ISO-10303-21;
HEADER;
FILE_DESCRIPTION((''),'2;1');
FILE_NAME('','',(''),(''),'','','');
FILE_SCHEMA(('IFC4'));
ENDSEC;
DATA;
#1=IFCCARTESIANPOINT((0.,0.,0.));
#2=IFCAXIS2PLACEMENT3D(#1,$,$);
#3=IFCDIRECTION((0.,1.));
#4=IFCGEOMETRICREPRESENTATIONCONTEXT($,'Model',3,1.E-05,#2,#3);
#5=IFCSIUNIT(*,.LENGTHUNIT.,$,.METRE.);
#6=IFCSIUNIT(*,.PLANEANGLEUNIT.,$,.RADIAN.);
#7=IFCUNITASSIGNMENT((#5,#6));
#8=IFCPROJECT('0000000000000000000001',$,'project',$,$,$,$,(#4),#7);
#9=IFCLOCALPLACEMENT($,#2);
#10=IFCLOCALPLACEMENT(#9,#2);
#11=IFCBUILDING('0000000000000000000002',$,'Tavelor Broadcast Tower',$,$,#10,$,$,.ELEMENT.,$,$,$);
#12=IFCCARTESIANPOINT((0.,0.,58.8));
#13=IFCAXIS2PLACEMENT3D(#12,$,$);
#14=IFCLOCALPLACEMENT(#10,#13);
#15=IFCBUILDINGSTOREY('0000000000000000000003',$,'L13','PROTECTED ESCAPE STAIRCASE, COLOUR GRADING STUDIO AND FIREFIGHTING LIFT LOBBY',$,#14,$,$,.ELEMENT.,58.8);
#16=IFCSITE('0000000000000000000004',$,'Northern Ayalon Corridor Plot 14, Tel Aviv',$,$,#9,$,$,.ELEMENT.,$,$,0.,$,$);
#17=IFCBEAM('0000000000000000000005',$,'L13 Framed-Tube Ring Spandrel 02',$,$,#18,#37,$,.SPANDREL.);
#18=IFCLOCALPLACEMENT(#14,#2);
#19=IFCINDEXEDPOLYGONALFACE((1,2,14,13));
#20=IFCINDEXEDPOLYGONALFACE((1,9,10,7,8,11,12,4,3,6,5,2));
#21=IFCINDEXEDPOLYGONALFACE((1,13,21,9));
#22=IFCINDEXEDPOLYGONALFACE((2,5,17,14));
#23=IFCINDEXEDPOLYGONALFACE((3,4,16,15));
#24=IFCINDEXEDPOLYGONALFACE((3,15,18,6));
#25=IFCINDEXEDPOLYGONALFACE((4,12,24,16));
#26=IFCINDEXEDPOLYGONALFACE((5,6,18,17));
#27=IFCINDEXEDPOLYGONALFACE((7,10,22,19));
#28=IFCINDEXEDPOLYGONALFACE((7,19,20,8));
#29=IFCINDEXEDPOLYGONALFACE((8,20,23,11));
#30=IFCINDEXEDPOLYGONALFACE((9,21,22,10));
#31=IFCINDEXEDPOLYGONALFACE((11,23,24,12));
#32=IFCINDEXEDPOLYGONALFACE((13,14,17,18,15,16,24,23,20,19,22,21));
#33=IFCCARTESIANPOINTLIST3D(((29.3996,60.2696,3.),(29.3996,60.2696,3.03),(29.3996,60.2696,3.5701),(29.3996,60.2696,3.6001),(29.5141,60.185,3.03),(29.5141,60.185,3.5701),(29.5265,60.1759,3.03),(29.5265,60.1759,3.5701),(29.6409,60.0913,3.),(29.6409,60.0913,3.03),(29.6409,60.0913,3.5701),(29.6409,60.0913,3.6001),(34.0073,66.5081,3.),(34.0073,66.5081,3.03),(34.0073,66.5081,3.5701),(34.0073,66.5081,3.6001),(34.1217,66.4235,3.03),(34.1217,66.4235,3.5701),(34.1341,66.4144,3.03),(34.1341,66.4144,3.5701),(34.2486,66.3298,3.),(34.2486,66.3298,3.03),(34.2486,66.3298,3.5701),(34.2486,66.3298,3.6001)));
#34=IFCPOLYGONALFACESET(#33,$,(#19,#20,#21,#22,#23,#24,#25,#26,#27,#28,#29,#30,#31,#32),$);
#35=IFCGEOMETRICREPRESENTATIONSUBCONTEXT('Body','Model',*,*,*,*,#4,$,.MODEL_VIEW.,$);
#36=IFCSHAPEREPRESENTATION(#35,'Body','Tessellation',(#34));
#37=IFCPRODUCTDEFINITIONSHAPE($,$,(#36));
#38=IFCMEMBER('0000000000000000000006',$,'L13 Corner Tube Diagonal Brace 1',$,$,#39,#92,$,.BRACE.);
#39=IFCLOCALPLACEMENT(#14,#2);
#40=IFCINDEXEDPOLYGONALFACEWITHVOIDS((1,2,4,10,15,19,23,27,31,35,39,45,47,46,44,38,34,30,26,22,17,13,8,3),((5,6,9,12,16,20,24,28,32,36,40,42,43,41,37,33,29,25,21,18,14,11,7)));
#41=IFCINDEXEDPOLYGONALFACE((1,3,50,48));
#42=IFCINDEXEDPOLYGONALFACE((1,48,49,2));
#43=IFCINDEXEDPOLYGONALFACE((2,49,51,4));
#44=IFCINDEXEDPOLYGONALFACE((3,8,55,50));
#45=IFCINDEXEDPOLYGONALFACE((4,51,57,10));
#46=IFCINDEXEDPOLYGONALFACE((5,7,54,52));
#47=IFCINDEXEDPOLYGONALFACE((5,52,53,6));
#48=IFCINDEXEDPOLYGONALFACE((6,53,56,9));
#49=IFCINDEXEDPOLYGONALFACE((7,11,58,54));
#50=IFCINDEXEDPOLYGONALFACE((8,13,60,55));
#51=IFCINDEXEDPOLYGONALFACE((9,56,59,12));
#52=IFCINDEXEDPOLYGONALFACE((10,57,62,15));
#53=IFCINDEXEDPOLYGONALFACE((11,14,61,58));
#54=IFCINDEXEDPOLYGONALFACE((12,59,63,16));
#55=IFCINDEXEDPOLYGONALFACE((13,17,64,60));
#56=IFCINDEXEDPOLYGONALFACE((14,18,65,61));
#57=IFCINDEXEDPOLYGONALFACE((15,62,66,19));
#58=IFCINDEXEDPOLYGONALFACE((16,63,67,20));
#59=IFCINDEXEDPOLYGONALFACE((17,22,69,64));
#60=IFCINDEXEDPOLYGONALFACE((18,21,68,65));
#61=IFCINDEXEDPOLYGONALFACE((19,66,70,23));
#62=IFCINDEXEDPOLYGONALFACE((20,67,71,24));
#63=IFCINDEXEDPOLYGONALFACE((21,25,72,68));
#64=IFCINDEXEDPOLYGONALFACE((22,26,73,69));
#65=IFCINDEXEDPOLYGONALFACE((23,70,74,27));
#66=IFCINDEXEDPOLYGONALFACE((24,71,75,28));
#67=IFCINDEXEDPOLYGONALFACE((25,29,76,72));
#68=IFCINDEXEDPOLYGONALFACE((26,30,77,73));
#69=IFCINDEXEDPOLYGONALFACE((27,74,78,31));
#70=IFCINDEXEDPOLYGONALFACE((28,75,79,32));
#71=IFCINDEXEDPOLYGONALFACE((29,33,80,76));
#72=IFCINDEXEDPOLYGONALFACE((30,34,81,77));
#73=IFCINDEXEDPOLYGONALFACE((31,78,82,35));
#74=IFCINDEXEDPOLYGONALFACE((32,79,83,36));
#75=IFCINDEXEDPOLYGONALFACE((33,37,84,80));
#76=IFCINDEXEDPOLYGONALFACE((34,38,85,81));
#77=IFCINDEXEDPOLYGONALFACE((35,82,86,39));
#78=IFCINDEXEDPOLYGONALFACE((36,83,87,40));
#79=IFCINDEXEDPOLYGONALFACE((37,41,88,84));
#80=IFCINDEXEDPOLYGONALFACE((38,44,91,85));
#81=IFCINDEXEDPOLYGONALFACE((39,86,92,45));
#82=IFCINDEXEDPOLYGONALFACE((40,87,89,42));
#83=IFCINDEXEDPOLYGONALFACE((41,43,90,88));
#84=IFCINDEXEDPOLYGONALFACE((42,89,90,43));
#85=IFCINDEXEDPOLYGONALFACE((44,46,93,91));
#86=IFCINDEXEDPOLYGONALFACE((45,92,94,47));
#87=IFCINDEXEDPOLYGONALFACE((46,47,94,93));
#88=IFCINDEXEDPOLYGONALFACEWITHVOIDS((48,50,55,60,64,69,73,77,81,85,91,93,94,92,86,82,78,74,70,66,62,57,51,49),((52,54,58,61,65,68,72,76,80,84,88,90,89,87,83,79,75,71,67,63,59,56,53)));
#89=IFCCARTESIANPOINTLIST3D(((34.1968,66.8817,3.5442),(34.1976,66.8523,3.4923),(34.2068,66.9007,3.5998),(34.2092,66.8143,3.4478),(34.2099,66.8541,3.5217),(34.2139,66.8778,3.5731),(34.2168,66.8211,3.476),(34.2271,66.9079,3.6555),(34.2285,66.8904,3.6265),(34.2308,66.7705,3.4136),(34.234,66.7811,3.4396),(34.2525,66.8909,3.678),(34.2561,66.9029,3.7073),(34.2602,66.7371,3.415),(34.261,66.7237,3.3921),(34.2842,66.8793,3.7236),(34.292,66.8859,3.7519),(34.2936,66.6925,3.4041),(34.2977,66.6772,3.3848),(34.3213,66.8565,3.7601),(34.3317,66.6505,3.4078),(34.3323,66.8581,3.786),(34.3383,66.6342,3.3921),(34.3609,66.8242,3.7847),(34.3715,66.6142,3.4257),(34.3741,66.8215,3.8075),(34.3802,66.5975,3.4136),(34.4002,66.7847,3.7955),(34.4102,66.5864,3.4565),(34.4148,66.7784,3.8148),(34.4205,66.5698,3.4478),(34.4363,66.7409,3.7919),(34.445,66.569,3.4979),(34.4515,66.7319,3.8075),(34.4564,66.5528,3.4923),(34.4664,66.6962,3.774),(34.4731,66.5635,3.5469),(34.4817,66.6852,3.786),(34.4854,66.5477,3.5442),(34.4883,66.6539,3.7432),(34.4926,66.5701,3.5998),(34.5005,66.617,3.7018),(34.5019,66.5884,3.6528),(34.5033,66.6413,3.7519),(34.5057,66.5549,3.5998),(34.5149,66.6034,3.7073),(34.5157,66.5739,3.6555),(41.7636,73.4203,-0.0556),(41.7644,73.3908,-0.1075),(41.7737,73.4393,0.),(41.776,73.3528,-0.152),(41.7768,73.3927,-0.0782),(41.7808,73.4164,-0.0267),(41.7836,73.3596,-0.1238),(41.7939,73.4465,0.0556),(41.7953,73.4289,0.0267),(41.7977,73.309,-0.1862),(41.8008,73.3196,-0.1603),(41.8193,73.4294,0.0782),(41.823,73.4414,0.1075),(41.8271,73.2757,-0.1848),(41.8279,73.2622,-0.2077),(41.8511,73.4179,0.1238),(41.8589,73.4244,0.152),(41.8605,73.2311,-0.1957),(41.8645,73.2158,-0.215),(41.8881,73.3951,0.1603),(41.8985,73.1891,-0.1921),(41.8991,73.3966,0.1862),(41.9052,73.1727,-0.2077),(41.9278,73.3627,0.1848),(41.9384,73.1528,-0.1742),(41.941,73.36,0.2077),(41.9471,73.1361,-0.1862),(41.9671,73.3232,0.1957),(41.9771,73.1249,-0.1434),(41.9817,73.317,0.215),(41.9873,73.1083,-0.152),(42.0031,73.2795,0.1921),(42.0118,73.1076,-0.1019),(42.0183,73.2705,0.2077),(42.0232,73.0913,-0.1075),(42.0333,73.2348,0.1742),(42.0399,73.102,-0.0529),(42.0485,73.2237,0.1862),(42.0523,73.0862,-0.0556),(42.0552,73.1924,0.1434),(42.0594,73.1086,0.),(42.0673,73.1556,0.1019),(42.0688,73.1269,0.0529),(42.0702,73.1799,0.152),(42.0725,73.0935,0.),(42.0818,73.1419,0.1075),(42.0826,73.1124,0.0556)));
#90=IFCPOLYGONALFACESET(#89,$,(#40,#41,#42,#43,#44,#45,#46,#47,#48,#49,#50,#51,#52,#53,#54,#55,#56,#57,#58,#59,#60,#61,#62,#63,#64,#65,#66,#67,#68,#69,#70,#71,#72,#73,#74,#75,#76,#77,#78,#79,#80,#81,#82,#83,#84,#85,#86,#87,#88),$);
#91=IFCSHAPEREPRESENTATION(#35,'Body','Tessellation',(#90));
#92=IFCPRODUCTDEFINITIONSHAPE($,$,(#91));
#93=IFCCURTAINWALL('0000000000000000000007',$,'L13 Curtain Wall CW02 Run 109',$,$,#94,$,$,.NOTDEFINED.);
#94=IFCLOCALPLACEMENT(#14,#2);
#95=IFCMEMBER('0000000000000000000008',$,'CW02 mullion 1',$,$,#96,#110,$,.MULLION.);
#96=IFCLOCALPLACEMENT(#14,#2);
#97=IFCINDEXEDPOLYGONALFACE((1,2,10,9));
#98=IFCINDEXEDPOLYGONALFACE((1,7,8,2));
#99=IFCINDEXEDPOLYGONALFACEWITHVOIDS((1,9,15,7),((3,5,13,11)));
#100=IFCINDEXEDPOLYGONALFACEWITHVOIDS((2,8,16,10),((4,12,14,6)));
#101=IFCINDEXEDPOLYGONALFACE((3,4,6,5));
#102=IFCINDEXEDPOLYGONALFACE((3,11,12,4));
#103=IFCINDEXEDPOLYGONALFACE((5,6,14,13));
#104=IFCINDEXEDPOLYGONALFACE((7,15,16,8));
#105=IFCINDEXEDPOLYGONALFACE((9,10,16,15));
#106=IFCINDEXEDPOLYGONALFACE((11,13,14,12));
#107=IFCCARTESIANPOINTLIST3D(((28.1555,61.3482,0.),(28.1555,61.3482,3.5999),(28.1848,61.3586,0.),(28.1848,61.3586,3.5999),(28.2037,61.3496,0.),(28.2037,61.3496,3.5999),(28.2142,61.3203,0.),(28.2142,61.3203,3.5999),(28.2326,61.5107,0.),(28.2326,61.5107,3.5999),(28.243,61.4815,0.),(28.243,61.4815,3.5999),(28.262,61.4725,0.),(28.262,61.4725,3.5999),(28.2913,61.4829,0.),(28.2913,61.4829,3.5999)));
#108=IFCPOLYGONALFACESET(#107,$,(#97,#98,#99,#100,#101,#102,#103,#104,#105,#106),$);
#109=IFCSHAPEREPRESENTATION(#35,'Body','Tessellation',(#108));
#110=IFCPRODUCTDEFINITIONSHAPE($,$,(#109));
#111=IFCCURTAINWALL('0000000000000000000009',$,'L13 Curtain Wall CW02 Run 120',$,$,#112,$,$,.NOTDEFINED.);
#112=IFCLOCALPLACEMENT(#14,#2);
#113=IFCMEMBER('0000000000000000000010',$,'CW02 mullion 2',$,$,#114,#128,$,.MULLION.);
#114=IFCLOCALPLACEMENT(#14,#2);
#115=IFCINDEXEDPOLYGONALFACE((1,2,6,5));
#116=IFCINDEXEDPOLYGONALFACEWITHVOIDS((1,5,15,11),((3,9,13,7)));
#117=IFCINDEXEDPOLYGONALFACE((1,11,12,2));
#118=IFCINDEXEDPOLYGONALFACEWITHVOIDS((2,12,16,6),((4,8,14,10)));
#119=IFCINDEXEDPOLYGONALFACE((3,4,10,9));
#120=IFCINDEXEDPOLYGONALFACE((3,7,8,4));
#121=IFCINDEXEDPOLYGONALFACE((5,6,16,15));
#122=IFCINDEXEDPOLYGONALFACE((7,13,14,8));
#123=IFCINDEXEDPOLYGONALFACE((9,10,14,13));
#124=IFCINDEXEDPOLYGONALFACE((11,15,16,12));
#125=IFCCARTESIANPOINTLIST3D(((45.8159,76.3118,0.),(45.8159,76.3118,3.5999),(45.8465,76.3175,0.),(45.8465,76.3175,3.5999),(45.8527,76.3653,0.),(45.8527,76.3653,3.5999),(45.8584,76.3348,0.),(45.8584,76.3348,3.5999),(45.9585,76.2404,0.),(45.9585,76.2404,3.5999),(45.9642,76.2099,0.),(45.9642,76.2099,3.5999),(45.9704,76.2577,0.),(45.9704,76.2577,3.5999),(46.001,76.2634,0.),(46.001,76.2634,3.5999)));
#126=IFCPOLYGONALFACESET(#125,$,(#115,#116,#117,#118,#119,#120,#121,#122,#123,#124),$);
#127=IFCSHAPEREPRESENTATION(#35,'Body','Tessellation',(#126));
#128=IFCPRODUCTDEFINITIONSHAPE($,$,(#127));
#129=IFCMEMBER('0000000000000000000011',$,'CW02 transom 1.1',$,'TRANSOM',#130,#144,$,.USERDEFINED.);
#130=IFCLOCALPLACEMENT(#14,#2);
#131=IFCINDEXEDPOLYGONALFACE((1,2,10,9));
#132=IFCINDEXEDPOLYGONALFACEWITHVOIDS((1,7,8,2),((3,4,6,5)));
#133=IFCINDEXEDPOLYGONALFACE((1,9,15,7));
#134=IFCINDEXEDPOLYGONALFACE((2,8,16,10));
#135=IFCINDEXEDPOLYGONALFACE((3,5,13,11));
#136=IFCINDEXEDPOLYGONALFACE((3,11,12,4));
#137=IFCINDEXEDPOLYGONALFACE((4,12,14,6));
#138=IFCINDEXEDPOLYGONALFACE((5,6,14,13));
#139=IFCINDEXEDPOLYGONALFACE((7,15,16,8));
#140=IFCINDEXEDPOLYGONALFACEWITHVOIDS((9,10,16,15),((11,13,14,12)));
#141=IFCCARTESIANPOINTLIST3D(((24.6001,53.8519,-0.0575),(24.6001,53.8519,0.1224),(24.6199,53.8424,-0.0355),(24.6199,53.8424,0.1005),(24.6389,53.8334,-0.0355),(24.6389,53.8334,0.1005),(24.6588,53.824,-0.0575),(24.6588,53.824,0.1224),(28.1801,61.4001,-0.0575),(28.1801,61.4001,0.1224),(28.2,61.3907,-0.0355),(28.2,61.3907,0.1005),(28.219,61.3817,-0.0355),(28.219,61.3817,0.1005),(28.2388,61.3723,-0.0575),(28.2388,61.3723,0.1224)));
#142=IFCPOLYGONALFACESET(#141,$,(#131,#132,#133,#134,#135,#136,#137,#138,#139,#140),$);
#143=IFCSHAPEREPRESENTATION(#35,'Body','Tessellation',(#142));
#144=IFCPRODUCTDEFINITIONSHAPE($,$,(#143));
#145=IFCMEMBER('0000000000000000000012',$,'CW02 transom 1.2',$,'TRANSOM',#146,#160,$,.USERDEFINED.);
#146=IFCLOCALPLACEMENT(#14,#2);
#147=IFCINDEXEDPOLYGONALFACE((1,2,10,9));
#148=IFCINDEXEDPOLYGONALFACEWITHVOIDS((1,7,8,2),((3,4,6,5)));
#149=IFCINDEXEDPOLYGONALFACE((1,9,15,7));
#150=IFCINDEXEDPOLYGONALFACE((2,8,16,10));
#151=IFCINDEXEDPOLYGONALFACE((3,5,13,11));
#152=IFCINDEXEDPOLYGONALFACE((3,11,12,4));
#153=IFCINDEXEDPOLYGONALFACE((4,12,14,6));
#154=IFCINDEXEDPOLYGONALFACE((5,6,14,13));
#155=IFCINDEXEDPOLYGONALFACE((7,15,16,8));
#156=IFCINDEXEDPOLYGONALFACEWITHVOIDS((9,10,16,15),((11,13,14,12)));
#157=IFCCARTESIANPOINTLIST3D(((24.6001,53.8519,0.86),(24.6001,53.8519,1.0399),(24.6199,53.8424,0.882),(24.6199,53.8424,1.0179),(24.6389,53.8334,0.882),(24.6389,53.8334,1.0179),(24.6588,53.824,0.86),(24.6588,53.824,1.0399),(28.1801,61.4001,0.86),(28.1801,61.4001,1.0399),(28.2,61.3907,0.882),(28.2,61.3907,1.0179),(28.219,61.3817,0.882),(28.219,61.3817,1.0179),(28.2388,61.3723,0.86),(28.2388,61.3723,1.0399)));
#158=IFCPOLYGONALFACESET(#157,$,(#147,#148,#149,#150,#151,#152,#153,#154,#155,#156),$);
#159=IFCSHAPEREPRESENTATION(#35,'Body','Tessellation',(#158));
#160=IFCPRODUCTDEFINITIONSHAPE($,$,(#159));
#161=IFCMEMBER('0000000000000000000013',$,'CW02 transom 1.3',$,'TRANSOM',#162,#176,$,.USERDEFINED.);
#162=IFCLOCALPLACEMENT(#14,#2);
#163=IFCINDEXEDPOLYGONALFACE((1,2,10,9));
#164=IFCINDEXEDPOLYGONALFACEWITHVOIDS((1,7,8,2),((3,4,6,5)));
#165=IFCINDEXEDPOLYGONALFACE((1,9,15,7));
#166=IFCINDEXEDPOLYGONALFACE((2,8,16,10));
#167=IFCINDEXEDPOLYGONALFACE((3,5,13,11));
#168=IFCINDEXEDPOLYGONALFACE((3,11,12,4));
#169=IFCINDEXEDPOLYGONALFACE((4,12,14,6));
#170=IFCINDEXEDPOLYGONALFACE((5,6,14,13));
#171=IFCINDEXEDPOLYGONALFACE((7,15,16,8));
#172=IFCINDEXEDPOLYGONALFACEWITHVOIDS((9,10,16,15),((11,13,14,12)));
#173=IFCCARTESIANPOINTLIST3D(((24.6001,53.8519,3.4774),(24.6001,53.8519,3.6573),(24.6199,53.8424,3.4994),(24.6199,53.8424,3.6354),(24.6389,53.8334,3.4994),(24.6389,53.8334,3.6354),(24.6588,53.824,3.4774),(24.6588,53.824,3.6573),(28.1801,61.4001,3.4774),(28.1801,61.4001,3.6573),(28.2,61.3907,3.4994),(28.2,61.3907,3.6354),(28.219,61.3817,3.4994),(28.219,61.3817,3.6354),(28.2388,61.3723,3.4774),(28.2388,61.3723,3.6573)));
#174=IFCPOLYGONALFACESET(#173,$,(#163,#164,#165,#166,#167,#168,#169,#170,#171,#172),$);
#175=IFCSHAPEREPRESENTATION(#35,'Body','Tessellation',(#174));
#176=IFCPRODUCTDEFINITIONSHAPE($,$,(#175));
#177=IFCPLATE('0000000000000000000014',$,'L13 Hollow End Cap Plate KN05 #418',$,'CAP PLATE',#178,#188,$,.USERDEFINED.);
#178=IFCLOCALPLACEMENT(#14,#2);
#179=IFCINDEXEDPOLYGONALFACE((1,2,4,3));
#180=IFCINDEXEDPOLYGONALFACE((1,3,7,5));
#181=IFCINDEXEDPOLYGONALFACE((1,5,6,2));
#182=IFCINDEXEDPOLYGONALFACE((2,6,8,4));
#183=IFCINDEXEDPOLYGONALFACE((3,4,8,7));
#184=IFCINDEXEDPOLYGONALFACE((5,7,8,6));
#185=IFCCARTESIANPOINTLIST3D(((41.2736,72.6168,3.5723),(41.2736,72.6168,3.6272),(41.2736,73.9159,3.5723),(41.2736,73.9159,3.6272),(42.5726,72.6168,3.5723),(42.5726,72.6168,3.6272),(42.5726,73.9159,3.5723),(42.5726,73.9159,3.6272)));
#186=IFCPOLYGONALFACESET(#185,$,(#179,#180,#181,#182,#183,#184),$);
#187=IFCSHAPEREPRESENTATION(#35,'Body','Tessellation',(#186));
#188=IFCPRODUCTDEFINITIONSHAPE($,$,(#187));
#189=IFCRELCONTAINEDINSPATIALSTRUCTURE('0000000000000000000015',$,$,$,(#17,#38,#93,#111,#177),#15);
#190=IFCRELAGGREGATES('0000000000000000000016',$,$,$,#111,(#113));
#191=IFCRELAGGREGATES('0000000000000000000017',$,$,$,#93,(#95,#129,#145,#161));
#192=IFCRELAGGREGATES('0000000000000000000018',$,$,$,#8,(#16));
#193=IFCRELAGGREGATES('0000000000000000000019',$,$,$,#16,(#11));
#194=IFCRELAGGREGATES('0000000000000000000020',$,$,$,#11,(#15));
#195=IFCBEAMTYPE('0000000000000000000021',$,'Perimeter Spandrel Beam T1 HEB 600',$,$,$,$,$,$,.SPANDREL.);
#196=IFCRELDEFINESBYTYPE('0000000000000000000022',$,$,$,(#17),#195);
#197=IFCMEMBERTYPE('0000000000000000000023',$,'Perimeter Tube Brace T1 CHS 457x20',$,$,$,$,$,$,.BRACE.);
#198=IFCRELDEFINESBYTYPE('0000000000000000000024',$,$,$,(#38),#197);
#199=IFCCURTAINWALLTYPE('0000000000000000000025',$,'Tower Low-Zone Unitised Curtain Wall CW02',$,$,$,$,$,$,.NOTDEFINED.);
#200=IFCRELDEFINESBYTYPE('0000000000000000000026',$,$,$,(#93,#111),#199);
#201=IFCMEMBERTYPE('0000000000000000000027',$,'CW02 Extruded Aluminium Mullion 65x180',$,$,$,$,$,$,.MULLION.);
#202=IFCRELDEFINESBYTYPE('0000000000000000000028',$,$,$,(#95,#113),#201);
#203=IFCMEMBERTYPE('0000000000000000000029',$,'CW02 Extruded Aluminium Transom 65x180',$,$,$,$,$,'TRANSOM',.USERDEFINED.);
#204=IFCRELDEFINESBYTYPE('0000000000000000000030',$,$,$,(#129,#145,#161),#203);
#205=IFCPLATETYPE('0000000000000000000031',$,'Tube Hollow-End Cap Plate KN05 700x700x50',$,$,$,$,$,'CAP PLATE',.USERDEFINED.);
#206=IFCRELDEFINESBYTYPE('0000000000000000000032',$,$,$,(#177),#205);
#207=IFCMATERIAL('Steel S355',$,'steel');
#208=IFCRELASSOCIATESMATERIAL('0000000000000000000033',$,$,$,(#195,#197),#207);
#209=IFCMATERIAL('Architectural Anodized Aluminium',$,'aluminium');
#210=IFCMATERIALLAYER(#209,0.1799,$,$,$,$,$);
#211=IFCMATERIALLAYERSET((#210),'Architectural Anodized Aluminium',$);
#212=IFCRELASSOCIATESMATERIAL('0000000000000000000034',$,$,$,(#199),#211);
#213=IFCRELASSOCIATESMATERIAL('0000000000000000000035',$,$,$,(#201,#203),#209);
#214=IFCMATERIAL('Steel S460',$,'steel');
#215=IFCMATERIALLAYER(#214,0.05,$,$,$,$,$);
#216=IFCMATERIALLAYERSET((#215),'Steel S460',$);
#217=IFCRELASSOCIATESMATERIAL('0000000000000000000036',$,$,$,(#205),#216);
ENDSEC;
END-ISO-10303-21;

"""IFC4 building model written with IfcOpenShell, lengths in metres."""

from ifc_helpers import new_model, si_unit, direction, frame, origin, origin_2d, place, context, subcontext, project, spatial, rectangle, hollow_rectangle, hollow_circle, i_section, extrude, source, transform, mapped, material, layer, layer_set, material_profile, profile_set, type_object, type_shapes, element, aggregate, save


model = new_model("IFC4")

# Units and contexts
model_context = context("Model", 3, precision=1e-05, world=origin(), true_north=direction((0.0, 1.0)))
body_context = subcontext(model_context, "Body", "Model", "MODEL_VIEW")
ifc_project = project(units=[si_unit("LENGTHUNIT", "METRE"), si_unit("PLANEANGLEUNIT", "RADIAN")], contexts=[model_context])

# Site, building, storey
site_placement = place(None, origin())
site = spatial("IfcSite", under=ifc_project, at=site_placement, Name="Northern Ayalon Corridor Plot 14, Tel Aviv", CompositionType="ELEMENT", RefElevation=0.0)
building_placement = place(site_placement, origin())
building = spatial("IfcBuilding", under=site, at=building_placement, Name="Tavelor Broadcast Tower", CompositionType="ELEMENT")
storey_placement = place(building_placement, frame((0.0, 0.0, 58.8)))
storey = spatial("IfcBuildingStorey", under=building, at=storey_placement, Name="L13", Description="PROTECTED ESCAPE STAIRCASE, COLOUR GRADING STUDIO AND FIREFIGHTING LIFT LOBBY", CompositionType="ELEMENT", Elevation=58.8)

# Shared definitions
ifc_material_1 = material(Name="Steel S460", Category="steel")

# Beam
ifc_material_2 = material(Name="Steel S355", Category="steel")
ifc_material_profile_1 = material_profile(ifc_material_2, i_section(OverallWidth=0.3, OverallDepth=0.6001, WebThickness=0.0154, FlangeThickness=0.03, at=origin_2d()), Name="HEB 600")
ifc_profile_set_1 = profile_set([ifc_material_profile_1], Name="Steel S355")
beam_type_1 = type_object("IfcBeamType", Name="Perimeter Spandrel Beam T1 HEB 600", PredefinedType="SPANDREL", material=ifc_profile_set_1)
beam_1_placement = place(storey_placement, frame((34.1279, 66.4189, 3.3), z_axis=(-0.594106, -0.804387, 0.0), x_axis=(0.804387, -0.594106, 0.0)))
element("IfcBeam", 1, at=beam_1_placement, inside=storey, type_object=beam_type_1, Name="L13 Framed-Tube Ring Spandrel 02", PredefinedType="SPANDREL", context=body_context, shape_type="SweptSolid", body=[
    extrude(i_section(OverallWidth=0.3, OverallDepth=0.6001, WebThickness=0.0154, FlangeThickness=0.03, at=origin_2d()), origin(), (0.0, 0.0, 1.0), 7.7556),
])

# Member
ifc_material_profile_2 = material_profile(ifc_material_2, hollow_circle(Radius=0.2285, WallThickness=0.02, at=origin_2d()), Name="CHS 457x20")
ifc_profile_set_2 = profile_set([ifc_material_profile_2], Name="Steel S355")
member_type_1 = type_object("IfcMemberType", Name="Perimeter Tube Brace T1 CHS 457x20", PredefinedType="BRACE", material=ifc_profile_set_2)
member_1_placement = place(storey_placement, frame((41.9231, 73.2664, 0.0), z_axis=(-0.711929, -0.61518, 0.338691), x_axis=(0.653822, -0.756648, 0.0)))
element("IfcMember", 2, at=member_1_placement, inside=storey, type_object=member_type_1, Name="L13 Corner Tube Diagonal Brace 1", PredefinedType="BRACE", context=body_context, shape_type="SweptSolid", body=[
    extrude(hollow_circle(Radius=0.2285, WallThickness=0.02, at=origin_2d()), origin(), (0.0, 0.0, 1.0), 10.6287),
])

# Curtain walls, members
ifc_material_3 = material(Name="Architectural Anodized Aluminium", Category="aluminium")
ifc_layer_1 = layer(ifc_material_3, 0.1799)
ifc_layer_set_1 = layer_set([ifc_layer_1], Name="Architectural Anodized Aluminium")
curtain_wall_type = type_object("IfcCurtainWallType", Name="Tower Low-Zone Unitised Curtain Wall CW02", PredefinedType="NOTDEFINED", material=ifc_layer_set_1)
curtain_wall_1_placement = place(storey_placement, origin())
curtain_wall_1 = element("IfcCurtainWall", 3, at=curtain_wall_1_placement, inside=storey, type_object=curtain_wall_type, Name="L13 Curtain Wall CW02 Run 109", PredefinedType="NOTDEFINED")
ifc_material_profile_3 = material_profile(ifc_material_3, hollow_rectangle(XDim=0.0649, YDim=0.1799, WallThickness=0.022, at=origin_2d()), Name="RHS 65x180x22")
ifc_profile_set_3 = profile_set([ifc_material_profile_3], Name="Architectural Anodized Aluminium")
member_type_2 = type_object("IfcMemberType", Name="CW02 Extruded Aluminium Mullion 65x180", PredefinedType="MULLION", material=ifc_profile_set_3)
shared_shape_1 = source(origin(), body_context, "Body", "SweptSolid", [
    extrude(hollow_rectangle(XDim=0.0649, YDim=0.1799, WallThickness=0.022, at=origin_2d()), origin(), (0.0, 0.0, 1.0), 3.5999),
])
type_shapes(member_type_2, [shared_shape_1])
member_2_placement = place(storey_placement, frame((28.2234, 61.4155, 0.0), z_axis=(0.0, 0.0, 1.0), x_axis=(0.903524, -0.428537, 0.0)))
member_2 = element("IfcMember", 4, at=member_2_placement, type_object=member_type_2, Name="CW02 mullion 1", PredefinedType="MULLION", context=body_context, shape_type="MappedRepresentation", body=[
    mapped(shared_shape_1, transform((0.0, 0.0, 0.0), scale=1.0)),
])
curtain_wall_2_placement = place(storey_placement, origin())
curtain_wall_2 = element("IfcCurtainWall", 5, at=curtain_wall_2_placement, inside=storey, type_object=curtain_wall_type, Name="L13 Curtain Wall CW02 Run 120", PredefinedType="NOTDEFINED")
member_3_placement = place(storey_placement, frame((45.9084, 76.2876, 0.0), z_axis=(0.0, 0.0, 1.0), x_axis=(-0.566746, -0.823892, 0.0)))
member_3 = element("IfcMember", 6, at=member_3_placement, type_object=member_type_2, Name="CW02 mullion 2", PredefinedType="MULLION", context=body_context, shape_type="MappedRepresentation", body=[
    mapped(shared_shape_1, transform((0.0, 0.0, 0.0), scale=1.0)),
])
aggregate(curtain_wall_2, [member_3])

# Members
ifc_material_profile_4 = material_profile(ifc_material_3, hollow_rectangle(XDim=0.0649, YDim=0.1799, WallThickness=0.022, at=origin_2d()), Name="RHS 65x180x22")
ifc_profile_set_4 = profile_set([ifc_material_profile_4], Name="Architectural Anodized Aluminium")
member_type_3 = type_object("IfcMemberType", Name="CW02 Extruded Aluminium Transom 65x180", ElementType="TRANSOM", PredefinedType="USERDEFINED", material=ifc_profile_set_4)
shared_shape_2 = source(origin(), body_context, "Body", "SweptSolid", [
    extrude(hollow_rectangle(XDim=0.0649, YDim=0.1799, WallThickness=0.022, at=origin_2d()), origin(), (0.0, 0.0, 1.0), 8.3542),
])
type_shapes(member_type_3, [shared_shape_2])
member_4_placement = place(storey_placement, frame((28.2095, 61.3862, 0.0325), z_axis=(-0.428531, -0.903527, 0.0), x_axis=(0.903527, -0.428531, 0.0)))
member_4 = element("IfcMember", 7, at=member_4_placement, type_object=member_type_3, Name="CW02 transom 1.1", ObjectType="TRANSOM", PredefinedType="USERDEFINED", context=body_context, shape_type="MappedRepresentation", body=[
    mapped(shared_shape_2, transform((0.0, 0.0, 0.0), scale=1.0)),
])
member_5_placement = place(storey_placement, frame((28.2095, 61.3862, 0.95), z_axis=(-0.428531, -0.903527, 0.0), x_axis=(0.903527, -0.428531, 0.0)))
member_5 = element("IfcMember", 8, at=member_5_placement, type_object=member_type_3, Name="CW02 transom 1.2", ObjectType="TRANSOM", PredefinedType="USERDEFINED", context=body_context, shape_type="MappedRepresentation", body=[
    mapped(shared_shape_2, transform((0.0, 0.0, 0.0), scale=1.0)),
])
member_6_placement = place(storey_placement, frame((28.2095, 61.3862, 3.5674), z_axis=(-0.428531, -0.903527, 0.0), x_axis=(0.903527, -0.428531, 0.0)))
member_6 = element("IfcMember", 9, at=member_6_placement, type_object=member_type_3, Name="CW02 transom 1.3", ObjectType="TRANSOM", PredefinedType="USERDEFINED", context=body_context, shape_type="MappedRepresentation", body=[
    mapped(shared_shape_2, transform((0.0, 0.0, 0.0), scale=1.0)),
])
aggregate(curtain_wall_1, [member_2, member_4, member_5, member_6])

# Plate
ifc_layer_2 = layer(ifc_material_1, 0.05)
ifc_layer_set_2 = layer_set([ifc_layer_2], Name="Steel S460")
plate_type = type_object("IfcPlateType", Name="Tube Hollow-End Cap Plate KN05 700x700x50", ElementType="CAP PLATE", PredefinedType="USERDEFINED", material=ifc_layer_set_2)
shared_shape_3 = source(origin(), body_context, "Body", "SweptSolid", [
    extrude(rectangle(XDim=1.2991, YDim=1.2991, at=origin_2d()), origin(), (0.0, 0.0, 1.0), 0.0549),
])
plate_placement = place(storey_placement, frame((41.9231, 73.2664, 3.5723), z_axis=(0.0, 0.0, 1.0), x_axis=(1.0, 0.0, 0.0)))
element("IfcPlate", 10, at=plate_placement, inside=storey, type_object=plate_type, Name="L13 Hollow End Cap Plate KN05 #418", ObjectType="CAP PLATE", PredefinedType="USERDEFINED", context=body_context, shape_type="MappedRepresentation", body=[
    mapped(shared_shape_3, transform((0.0, 0.0, 0.0), scale=1.0)),
])

save(model, "model.ifc")
